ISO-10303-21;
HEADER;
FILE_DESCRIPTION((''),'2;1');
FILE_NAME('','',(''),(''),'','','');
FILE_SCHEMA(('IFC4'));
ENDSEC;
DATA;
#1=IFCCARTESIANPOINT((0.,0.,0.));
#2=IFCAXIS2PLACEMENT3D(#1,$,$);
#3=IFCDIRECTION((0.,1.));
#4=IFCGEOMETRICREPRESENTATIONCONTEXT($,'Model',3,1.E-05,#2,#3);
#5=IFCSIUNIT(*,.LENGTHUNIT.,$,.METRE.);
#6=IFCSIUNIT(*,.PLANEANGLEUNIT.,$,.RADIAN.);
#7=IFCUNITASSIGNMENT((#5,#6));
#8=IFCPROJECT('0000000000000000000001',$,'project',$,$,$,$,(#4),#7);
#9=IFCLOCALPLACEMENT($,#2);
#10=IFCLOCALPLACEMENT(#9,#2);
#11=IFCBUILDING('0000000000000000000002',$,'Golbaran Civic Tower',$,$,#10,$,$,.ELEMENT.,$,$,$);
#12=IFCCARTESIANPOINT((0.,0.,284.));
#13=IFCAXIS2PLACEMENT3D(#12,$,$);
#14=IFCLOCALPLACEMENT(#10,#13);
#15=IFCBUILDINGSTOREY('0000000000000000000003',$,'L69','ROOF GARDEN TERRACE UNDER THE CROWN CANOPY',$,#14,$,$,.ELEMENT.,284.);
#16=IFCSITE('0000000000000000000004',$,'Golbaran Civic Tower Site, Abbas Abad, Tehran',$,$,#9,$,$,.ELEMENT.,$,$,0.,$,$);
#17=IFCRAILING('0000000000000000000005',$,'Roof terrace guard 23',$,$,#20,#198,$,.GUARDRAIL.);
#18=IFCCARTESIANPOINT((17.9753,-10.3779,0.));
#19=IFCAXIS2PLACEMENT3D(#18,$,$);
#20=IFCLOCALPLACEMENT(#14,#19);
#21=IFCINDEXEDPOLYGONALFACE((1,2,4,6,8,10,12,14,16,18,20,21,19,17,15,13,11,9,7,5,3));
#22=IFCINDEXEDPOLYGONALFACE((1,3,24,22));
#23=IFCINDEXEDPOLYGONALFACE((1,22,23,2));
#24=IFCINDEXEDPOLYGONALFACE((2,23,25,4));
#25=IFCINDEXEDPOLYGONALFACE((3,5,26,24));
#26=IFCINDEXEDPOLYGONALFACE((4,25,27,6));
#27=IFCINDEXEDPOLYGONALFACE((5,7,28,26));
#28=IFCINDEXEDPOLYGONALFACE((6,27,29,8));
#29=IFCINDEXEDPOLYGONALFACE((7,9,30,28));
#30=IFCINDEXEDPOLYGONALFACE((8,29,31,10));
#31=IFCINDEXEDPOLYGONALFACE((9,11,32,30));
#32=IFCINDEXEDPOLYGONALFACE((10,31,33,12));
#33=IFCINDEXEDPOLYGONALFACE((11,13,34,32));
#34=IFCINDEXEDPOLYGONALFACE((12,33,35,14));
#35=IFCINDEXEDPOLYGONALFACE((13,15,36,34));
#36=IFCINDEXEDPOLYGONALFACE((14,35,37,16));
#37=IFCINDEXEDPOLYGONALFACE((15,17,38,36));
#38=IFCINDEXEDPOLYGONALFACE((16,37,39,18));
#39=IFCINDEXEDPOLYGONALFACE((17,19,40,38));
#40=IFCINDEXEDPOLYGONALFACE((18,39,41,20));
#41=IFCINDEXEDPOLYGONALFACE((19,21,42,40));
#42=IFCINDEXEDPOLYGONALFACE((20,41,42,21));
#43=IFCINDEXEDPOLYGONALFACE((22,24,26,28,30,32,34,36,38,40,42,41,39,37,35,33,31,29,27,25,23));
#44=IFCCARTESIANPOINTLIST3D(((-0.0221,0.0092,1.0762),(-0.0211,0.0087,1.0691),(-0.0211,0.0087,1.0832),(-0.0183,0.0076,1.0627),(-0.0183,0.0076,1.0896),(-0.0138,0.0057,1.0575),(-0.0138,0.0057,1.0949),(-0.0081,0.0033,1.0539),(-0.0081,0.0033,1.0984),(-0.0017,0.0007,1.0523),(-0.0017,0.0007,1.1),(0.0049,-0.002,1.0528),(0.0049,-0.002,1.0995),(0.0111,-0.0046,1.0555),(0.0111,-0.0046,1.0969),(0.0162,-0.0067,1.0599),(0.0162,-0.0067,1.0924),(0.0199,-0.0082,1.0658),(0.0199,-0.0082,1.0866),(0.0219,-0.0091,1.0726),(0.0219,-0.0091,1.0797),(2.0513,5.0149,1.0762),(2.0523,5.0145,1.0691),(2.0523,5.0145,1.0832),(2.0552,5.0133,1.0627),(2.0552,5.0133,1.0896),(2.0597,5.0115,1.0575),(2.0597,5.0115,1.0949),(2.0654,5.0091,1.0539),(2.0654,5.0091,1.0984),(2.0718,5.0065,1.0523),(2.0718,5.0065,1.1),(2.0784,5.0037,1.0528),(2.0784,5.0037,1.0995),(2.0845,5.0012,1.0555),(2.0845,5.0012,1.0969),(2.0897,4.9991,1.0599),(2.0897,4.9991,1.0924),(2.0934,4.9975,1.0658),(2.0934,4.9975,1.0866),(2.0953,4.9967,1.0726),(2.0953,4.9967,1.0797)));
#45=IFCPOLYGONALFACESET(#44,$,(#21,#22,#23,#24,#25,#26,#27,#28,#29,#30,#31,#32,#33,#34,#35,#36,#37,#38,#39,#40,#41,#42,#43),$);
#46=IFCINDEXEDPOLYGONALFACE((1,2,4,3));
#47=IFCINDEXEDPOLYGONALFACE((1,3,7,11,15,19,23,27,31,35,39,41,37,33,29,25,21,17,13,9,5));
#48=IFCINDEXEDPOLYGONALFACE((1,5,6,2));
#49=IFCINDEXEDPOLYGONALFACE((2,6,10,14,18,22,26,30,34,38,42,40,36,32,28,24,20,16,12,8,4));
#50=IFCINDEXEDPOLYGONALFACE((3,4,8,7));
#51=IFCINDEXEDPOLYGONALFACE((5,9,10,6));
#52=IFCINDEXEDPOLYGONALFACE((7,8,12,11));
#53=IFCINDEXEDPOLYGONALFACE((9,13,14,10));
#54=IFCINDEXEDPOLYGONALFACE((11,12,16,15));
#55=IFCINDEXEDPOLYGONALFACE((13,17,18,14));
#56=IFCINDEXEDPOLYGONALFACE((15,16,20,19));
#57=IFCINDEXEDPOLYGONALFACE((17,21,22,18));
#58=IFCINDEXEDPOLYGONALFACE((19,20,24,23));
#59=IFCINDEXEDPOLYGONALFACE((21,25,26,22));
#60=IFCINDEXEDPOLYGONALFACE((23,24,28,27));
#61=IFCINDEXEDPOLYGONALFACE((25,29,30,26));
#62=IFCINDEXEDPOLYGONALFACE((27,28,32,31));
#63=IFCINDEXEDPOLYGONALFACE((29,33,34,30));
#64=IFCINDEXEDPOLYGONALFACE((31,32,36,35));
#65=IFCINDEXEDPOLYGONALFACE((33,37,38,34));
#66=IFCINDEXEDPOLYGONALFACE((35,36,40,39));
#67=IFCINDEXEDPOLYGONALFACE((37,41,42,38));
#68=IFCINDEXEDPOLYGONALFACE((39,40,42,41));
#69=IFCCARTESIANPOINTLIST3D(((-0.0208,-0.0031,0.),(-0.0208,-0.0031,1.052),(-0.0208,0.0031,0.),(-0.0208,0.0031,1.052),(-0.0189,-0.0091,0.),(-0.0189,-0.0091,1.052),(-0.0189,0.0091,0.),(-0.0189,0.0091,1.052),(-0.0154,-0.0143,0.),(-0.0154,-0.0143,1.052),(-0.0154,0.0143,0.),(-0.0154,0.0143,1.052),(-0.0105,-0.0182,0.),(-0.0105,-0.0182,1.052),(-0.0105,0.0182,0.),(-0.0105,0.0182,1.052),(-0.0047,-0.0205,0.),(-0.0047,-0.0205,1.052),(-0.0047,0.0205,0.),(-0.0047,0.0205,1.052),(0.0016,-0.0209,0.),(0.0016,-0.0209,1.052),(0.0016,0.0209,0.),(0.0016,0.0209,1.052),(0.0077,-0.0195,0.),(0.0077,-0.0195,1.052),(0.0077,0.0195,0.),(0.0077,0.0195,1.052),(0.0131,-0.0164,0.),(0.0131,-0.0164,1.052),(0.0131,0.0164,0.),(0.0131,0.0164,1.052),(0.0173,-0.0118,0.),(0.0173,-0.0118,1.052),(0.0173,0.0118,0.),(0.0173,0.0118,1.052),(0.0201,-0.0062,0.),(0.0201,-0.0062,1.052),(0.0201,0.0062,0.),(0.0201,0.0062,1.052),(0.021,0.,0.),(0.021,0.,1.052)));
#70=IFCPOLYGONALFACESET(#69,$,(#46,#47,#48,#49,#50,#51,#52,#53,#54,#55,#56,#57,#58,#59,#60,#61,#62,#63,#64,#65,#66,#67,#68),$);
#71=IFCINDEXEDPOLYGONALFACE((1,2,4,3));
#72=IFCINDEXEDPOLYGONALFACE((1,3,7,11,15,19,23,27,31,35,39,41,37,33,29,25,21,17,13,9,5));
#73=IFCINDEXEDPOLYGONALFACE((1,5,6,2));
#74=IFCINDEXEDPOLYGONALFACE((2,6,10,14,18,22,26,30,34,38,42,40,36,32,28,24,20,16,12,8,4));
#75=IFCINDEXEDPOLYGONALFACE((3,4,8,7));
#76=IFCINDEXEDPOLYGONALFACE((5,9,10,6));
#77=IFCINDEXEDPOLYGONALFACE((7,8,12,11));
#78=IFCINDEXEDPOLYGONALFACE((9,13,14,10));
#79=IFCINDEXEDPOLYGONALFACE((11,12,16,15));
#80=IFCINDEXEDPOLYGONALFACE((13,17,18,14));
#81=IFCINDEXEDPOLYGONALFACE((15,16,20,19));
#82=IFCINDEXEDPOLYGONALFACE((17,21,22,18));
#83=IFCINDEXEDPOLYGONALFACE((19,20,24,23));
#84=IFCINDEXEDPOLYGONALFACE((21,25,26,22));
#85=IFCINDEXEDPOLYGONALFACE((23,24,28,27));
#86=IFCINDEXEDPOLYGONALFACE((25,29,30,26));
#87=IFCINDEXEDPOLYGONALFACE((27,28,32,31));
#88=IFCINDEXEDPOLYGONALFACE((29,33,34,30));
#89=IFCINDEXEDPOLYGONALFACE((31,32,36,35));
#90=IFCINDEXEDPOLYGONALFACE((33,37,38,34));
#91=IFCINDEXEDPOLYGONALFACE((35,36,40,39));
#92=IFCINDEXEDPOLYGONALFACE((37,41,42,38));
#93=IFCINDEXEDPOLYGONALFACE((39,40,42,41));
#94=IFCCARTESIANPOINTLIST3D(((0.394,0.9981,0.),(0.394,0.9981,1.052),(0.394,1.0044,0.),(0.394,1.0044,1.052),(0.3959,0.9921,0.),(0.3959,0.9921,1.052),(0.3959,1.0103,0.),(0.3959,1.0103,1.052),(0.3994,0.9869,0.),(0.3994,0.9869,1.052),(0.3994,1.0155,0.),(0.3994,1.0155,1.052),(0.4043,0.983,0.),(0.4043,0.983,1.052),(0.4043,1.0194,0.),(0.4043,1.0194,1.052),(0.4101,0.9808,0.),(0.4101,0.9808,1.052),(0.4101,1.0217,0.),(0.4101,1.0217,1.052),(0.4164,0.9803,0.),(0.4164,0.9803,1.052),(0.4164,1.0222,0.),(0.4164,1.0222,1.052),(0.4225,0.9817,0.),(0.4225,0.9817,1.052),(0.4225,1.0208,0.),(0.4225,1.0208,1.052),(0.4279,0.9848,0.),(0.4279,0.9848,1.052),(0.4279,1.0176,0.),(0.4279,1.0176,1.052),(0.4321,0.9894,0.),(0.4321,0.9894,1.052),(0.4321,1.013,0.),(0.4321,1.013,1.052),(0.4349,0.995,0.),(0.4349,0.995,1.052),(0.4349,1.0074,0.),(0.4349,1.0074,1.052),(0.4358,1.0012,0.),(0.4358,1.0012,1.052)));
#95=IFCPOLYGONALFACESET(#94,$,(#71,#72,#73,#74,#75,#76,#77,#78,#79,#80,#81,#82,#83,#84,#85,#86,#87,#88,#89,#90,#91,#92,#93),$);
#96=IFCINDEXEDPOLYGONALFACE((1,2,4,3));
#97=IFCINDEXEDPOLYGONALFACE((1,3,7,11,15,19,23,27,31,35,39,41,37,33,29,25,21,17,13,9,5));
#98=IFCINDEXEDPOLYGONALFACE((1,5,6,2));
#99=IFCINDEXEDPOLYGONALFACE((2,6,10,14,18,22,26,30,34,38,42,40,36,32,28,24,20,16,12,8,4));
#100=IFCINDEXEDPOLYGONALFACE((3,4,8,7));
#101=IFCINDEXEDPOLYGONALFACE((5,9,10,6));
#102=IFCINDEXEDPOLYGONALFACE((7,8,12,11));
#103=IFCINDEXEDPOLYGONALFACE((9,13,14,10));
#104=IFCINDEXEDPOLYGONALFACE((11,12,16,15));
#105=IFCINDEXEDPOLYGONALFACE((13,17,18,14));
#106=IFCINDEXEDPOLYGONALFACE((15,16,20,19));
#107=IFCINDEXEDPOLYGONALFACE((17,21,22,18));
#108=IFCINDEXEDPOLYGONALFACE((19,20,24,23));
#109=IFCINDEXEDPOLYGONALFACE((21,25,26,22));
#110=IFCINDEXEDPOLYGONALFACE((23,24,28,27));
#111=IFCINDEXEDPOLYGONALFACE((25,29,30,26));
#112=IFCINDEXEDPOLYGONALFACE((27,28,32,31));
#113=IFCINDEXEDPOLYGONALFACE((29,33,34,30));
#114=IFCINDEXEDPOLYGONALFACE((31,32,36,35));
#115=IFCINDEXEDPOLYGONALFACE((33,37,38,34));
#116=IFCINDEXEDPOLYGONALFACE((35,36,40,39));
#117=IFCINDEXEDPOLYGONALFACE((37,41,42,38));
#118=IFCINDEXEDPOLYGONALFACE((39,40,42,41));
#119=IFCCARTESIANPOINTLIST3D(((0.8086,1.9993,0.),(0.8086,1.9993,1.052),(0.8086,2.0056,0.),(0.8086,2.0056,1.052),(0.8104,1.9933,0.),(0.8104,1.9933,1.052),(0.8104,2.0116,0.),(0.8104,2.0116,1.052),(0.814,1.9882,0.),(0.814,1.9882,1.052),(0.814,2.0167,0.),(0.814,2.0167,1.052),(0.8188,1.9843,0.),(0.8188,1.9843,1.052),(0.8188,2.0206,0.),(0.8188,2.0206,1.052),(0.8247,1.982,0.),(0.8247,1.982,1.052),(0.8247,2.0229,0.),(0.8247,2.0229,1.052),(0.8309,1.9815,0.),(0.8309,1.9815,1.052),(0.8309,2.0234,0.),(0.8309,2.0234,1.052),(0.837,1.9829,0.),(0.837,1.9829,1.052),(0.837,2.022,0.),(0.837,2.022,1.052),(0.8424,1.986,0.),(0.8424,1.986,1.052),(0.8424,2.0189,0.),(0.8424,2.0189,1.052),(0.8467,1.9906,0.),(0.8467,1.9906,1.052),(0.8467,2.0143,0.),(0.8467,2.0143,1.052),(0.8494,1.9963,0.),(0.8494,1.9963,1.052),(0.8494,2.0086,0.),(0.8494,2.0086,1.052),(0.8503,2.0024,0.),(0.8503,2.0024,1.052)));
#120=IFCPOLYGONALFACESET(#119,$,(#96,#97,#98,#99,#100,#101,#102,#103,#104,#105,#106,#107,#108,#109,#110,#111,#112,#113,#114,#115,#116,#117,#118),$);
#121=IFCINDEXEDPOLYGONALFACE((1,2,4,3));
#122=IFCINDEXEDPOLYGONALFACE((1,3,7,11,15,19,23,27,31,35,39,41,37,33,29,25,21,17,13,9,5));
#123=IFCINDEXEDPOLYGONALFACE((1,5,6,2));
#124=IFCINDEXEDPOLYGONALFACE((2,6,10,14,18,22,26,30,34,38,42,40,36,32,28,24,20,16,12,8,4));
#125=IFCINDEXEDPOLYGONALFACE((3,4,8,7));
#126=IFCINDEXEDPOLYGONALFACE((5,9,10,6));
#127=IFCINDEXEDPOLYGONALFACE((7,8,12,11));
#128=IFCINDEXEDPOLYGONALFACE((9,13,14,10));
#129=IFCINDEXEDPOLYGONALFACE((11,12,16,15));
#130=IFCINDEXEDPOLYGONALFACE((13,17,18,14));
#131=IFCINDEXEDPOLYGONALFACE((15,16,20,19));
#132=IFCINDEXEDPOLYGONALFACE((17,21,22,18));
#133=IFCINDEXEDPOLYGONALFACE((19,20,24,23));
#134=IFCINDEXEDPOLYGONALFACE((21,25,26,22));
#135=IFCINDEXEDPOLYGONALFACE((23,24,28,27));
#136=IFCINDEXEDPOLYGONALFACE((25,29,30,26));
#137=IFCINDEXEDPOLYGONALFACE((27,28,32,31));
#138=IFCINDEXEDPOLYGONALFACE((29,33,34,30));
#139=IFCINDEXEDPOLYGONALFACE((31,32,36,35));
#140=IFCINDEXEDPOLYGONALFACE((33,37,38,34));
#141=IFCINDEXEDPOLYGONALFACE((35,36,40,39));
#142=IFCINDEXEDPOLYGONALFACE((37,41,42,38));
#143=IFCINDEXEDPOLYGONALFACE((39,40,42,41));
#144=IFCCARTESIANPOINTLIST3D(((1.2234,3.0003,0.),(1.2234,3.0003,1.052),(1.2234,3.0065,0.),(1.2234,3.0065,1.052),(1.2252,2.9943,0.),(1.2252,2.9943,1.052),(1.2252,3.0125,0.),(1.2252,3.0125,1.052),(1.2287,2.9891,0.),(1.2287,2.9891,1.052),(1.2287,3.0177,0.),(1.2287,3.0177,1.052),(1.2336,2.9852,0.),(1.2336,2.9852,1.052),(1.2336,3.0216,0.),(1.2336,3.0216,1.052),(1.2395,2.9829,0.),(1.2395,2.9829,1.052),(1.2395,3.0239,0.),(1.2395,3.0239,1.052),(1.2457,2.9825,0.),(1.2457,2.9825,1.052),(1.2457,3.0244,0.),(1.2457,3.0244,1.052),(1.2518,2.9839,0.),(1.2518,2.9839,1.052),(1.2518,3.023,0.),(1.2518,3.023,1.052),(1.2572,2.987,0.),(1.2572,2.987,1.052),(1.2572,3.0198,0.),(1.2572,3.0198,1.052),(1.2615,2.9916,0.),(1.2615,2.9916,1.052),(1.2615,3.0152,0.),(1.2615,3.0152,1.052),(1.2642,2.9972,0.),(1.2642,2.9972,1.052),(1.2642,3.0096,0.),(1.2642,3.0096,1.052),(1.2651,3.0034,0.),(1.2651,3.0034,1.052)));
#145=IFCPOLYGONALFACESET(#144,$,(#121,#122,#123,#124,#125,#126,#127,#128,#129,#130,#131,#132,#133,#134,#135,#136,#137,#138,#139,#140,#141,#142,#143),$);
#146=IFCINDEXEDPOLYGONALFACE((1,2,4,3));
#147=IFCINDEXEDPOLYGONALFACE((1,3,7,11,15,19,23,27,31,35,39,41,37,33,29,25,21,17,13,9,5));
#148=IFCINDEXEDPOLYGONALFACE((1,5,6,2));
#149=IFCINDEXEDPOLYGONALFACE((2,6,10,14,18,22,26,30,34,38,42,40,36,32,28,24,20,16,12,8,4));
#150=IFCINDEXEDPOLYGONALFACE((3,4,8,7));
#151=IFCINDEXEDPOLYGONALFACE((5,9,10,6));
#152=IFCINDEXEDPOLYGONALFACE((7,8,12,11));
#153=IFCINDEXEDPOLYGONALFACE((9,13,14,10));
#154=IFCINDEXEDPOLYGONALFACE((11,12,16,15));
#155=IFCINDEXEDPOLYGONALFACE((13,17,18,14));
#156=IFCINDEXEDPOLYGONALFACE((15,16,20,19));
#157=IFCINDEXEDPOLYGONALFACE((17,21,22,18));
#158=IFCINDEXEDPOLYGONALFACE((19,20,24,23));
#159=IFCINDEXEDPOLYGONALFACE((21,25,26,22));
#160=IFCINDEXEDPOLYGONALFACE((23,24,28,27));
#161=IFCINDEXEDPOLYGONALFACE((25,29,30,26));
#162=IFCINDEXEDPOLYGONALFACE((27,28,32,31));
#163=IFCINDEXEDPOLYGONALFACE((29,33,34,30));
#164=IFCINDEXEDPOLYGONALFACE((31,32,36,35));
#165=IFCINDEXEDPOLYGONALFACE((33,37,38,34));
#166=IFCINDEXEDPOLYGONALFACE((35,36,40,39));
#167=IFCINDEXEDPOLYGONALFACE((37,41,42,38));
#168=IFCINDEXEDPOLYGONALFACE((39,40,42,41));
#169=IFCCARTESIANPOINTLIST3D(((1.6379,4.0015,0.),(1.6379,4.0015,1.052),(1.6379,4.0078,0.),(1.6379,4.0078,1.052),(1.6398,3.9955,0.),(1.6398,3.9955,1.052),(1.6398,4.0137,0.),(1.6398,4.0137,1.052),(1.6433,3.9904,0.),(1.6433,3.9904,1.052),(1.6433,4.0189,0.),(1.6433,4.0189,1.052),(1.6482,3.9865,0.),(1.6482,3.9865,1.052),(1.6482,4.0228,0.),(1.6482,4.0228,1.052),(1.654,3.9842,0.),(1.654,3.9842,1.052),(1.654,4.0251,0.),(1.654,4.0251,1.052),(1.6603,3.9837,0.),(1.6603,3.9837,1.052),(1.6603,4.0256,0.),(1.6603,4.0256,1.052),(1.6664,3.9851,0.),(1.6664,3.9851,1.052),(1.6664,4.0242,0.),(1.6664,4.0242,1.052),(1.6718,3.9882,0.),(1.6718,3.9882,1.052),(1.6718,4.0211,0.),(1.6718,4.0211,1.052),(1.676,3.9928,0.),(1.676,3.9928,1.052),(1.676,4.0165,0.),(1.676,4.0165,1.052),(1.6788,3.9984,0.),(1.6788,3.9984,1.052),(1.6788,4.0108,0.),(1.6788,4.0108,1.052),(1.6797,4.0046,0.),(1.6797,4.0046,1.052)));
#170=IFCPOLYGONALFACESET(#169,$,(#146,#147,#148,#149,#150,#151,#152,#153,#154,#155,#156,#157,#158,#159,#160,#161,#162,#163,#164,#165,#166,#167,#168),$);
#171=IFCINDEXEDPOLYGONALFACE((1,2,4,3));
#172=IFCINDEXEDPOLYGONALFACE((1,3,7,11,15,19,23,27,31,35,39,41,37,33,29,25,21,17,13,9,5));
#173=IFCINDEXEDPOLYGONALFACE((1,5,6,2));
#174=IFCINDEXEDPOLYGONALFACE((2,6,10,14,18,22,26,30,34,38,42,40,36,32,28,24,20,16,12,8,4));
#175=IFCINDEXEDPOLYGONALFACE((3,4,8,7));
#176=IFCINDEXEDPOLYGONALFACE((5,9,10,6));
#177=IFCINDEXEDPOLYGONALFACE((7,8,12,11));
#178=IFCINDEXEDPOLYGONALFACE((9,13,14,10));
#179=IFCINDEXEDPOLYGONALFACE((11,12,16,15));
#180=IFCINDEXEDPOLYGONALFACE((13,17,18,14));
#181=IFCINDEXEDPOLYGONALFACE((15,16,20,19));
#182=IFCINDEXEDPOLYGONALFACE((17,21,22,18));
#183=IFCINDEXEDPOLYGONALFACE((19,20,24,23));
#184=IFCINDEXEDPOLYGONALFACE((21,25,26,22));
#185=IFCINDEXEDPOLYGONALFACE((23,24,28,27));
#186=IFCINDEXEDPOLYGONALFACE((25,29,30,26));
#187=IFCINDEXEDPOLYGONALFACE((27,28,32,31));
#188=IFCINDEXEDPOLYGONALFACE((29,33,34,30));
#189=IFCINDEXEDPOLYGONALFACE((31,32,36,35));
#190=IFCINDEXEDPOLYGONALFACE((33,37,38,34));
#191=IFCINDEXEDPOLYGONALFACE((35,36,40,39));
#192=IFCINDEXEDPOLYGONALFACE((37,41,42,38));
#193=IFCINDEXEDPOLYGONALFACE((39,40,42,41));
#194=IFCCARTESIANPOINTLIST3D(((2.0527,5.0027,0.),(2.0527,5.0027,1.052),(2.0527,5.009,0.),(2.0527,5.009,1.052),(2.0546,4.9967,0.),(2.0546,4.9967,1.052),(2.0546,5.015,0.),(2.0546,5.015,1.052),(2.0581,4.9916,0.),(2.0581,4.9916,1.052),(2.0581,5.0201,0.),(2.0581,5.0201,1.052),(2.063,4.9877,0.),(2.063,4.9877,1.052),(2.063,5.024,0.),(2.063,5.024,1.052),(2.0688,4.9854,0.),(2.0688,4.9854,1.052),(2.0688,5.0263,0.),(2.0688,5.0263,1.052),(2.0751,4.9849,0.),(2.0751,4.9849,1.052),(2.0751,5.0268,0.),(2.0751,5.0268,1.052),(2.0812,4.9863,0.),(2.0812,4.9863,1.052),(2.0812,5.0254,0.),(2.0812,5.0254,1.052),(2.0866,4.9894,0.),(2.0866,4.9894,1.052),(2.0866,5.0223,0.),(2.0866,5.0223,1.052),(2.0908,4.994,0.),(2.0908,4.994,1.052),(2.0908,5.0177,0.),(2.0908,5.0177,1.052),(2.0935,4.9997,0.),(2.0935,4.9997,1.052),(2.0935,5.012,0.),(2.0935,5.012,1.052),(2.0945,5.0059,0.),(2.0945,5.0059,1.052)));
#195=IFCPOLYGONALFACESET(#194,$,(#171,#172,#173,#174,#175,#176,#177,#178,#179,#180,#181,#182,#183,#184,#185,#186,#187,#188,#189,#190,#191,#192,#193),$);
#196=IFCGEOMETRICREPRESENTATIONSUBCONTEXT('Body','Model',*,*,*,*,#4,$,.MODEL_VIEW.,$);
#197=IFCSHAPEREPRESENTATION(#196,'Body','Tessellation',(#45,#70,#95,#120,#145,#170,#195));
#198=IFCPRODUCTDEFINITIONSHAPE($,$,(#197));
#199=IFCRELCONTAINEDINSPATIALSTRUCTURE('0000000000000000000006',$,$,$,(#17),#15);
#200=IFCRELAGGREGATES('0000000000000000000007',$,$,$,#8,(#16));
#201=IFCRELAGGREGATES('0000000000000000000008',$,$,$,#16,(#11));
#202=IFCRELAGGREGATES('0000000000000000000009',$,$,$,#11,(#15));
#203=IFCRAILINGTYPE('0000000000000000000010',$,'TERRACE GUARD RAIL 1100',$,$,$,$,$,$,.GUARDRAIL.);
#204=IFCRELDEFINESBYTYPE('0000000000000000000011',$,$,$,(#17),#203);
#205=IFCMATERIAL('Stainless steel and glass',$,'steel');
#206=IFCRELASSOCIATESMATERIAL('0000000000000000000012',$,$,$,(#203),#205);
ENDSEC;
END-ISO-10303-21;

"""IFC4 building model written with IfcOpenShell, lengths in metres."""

from ifc_helpers import new_model, si_unit, direction, frame, origin, origin_2d, place, context, subcontext, project, spatial, circle, extrude, material, type_object, element, save


model = new_model("IFC4")

# Units and contexts
model_context = context("Model", 3, precision=1e-05, world=origin(), true_north=direction((0.0, 1.0)))
body_context = subcontext(model_context, "Body", "Model", "MODEL_VIEW")
ifc_project = project(units=[si_unit("LENGTHUNIT", "METRE"), si_unit("PLANEANGLEUNIT", "RADIAN")], contexts=[model_context])

# Site, building, storey
site_placement = place(None, origin())
site = spatial("IfcSite", under=ifc_project, at=site_placement, Name="Golbaran Civic Tower Site, Abbas Abad, Tehran", CompositionType="ELEMENT", RefElevation=0.0)
building_placement = place(site_placement, origin())
building = spatial("IfcBuilding", under=site, at=building_placement, Name="Golbaran Civic Tower", CompositionType="ELEMENT")
storey_placement = place(building_placement, frame((0.0, 0.0, 284.0)))
storey = spatial("IfcBuildingStorey", under=building, at=storey_placement, Name="L69", Description="ROOF GARDEN TERRACE UNDER THE CROWN CANOPY", CompositionType="ELEMENT", Elevation=284.0)

# Railing
ifc_material_1 = material(Name="Stainless steel and glass", Category="steel")
railing_type = type_object("IfcRailingType", Name="TERRACE GUARD RAIL 1100", PredefinedType="GUARDRAIL", material=ifc_material_1)
railing_1_placement = place(storey_placement, frame((17.9753, -10.3779, 0.0)))
element("IfcRailing", 1, at=railing_1_placement, inside=storey, type_object=railing_type, Name="Roof terrace guard 23", PredefinedType="GUARDRAIL", context=body_context, shape_type="SweptSolid", body=[
    extrude(circle(Radius=0.0239, at=origin_2d()), frame((0.0, 0.0, 1.0762), z_axis=(0.382682, 0.92388, 0.0), x_axis=(-0.92388, 0.382682, 0.0)), (0.0, 0.0, 1.0), 5.4182),
    extrude(circle(Radius=0.021, at=origin_2d()), origin(), (0.0, 0.0, 1.0), 1.052),
    extrude(circle(Radius=0.021, at=origin_2d()), frame((0.4148, 1.0012, 0.0)), (0.0, 0.0, 1.0), 1.052),
    extrude(circle(Radius=0.021, at=origin_2d()), frame((0.8293, 2.0024, 0.0)), (0.0, 0.0, 1.0), 1.052),
    extrude(circle(Radius=0.021, at=origin_2d()), frame((1.2441, 3.0034, 0.0)), (0.0, 0.0, 1.0), 1.052),
    extrude(circle(Radius=0.021, at=origin_2d()), frame((1.6587, 4.0046, 0.0)), (0.0, 0.0, 1.0), 1.052),
    extrude(circle(Radius=0.021, at=origin_2d()), frame((2.0735, 5.0059, 0.0)), (0.0, 0.0, 1.0), 1.052),
])

save(model, "model.ifc")
